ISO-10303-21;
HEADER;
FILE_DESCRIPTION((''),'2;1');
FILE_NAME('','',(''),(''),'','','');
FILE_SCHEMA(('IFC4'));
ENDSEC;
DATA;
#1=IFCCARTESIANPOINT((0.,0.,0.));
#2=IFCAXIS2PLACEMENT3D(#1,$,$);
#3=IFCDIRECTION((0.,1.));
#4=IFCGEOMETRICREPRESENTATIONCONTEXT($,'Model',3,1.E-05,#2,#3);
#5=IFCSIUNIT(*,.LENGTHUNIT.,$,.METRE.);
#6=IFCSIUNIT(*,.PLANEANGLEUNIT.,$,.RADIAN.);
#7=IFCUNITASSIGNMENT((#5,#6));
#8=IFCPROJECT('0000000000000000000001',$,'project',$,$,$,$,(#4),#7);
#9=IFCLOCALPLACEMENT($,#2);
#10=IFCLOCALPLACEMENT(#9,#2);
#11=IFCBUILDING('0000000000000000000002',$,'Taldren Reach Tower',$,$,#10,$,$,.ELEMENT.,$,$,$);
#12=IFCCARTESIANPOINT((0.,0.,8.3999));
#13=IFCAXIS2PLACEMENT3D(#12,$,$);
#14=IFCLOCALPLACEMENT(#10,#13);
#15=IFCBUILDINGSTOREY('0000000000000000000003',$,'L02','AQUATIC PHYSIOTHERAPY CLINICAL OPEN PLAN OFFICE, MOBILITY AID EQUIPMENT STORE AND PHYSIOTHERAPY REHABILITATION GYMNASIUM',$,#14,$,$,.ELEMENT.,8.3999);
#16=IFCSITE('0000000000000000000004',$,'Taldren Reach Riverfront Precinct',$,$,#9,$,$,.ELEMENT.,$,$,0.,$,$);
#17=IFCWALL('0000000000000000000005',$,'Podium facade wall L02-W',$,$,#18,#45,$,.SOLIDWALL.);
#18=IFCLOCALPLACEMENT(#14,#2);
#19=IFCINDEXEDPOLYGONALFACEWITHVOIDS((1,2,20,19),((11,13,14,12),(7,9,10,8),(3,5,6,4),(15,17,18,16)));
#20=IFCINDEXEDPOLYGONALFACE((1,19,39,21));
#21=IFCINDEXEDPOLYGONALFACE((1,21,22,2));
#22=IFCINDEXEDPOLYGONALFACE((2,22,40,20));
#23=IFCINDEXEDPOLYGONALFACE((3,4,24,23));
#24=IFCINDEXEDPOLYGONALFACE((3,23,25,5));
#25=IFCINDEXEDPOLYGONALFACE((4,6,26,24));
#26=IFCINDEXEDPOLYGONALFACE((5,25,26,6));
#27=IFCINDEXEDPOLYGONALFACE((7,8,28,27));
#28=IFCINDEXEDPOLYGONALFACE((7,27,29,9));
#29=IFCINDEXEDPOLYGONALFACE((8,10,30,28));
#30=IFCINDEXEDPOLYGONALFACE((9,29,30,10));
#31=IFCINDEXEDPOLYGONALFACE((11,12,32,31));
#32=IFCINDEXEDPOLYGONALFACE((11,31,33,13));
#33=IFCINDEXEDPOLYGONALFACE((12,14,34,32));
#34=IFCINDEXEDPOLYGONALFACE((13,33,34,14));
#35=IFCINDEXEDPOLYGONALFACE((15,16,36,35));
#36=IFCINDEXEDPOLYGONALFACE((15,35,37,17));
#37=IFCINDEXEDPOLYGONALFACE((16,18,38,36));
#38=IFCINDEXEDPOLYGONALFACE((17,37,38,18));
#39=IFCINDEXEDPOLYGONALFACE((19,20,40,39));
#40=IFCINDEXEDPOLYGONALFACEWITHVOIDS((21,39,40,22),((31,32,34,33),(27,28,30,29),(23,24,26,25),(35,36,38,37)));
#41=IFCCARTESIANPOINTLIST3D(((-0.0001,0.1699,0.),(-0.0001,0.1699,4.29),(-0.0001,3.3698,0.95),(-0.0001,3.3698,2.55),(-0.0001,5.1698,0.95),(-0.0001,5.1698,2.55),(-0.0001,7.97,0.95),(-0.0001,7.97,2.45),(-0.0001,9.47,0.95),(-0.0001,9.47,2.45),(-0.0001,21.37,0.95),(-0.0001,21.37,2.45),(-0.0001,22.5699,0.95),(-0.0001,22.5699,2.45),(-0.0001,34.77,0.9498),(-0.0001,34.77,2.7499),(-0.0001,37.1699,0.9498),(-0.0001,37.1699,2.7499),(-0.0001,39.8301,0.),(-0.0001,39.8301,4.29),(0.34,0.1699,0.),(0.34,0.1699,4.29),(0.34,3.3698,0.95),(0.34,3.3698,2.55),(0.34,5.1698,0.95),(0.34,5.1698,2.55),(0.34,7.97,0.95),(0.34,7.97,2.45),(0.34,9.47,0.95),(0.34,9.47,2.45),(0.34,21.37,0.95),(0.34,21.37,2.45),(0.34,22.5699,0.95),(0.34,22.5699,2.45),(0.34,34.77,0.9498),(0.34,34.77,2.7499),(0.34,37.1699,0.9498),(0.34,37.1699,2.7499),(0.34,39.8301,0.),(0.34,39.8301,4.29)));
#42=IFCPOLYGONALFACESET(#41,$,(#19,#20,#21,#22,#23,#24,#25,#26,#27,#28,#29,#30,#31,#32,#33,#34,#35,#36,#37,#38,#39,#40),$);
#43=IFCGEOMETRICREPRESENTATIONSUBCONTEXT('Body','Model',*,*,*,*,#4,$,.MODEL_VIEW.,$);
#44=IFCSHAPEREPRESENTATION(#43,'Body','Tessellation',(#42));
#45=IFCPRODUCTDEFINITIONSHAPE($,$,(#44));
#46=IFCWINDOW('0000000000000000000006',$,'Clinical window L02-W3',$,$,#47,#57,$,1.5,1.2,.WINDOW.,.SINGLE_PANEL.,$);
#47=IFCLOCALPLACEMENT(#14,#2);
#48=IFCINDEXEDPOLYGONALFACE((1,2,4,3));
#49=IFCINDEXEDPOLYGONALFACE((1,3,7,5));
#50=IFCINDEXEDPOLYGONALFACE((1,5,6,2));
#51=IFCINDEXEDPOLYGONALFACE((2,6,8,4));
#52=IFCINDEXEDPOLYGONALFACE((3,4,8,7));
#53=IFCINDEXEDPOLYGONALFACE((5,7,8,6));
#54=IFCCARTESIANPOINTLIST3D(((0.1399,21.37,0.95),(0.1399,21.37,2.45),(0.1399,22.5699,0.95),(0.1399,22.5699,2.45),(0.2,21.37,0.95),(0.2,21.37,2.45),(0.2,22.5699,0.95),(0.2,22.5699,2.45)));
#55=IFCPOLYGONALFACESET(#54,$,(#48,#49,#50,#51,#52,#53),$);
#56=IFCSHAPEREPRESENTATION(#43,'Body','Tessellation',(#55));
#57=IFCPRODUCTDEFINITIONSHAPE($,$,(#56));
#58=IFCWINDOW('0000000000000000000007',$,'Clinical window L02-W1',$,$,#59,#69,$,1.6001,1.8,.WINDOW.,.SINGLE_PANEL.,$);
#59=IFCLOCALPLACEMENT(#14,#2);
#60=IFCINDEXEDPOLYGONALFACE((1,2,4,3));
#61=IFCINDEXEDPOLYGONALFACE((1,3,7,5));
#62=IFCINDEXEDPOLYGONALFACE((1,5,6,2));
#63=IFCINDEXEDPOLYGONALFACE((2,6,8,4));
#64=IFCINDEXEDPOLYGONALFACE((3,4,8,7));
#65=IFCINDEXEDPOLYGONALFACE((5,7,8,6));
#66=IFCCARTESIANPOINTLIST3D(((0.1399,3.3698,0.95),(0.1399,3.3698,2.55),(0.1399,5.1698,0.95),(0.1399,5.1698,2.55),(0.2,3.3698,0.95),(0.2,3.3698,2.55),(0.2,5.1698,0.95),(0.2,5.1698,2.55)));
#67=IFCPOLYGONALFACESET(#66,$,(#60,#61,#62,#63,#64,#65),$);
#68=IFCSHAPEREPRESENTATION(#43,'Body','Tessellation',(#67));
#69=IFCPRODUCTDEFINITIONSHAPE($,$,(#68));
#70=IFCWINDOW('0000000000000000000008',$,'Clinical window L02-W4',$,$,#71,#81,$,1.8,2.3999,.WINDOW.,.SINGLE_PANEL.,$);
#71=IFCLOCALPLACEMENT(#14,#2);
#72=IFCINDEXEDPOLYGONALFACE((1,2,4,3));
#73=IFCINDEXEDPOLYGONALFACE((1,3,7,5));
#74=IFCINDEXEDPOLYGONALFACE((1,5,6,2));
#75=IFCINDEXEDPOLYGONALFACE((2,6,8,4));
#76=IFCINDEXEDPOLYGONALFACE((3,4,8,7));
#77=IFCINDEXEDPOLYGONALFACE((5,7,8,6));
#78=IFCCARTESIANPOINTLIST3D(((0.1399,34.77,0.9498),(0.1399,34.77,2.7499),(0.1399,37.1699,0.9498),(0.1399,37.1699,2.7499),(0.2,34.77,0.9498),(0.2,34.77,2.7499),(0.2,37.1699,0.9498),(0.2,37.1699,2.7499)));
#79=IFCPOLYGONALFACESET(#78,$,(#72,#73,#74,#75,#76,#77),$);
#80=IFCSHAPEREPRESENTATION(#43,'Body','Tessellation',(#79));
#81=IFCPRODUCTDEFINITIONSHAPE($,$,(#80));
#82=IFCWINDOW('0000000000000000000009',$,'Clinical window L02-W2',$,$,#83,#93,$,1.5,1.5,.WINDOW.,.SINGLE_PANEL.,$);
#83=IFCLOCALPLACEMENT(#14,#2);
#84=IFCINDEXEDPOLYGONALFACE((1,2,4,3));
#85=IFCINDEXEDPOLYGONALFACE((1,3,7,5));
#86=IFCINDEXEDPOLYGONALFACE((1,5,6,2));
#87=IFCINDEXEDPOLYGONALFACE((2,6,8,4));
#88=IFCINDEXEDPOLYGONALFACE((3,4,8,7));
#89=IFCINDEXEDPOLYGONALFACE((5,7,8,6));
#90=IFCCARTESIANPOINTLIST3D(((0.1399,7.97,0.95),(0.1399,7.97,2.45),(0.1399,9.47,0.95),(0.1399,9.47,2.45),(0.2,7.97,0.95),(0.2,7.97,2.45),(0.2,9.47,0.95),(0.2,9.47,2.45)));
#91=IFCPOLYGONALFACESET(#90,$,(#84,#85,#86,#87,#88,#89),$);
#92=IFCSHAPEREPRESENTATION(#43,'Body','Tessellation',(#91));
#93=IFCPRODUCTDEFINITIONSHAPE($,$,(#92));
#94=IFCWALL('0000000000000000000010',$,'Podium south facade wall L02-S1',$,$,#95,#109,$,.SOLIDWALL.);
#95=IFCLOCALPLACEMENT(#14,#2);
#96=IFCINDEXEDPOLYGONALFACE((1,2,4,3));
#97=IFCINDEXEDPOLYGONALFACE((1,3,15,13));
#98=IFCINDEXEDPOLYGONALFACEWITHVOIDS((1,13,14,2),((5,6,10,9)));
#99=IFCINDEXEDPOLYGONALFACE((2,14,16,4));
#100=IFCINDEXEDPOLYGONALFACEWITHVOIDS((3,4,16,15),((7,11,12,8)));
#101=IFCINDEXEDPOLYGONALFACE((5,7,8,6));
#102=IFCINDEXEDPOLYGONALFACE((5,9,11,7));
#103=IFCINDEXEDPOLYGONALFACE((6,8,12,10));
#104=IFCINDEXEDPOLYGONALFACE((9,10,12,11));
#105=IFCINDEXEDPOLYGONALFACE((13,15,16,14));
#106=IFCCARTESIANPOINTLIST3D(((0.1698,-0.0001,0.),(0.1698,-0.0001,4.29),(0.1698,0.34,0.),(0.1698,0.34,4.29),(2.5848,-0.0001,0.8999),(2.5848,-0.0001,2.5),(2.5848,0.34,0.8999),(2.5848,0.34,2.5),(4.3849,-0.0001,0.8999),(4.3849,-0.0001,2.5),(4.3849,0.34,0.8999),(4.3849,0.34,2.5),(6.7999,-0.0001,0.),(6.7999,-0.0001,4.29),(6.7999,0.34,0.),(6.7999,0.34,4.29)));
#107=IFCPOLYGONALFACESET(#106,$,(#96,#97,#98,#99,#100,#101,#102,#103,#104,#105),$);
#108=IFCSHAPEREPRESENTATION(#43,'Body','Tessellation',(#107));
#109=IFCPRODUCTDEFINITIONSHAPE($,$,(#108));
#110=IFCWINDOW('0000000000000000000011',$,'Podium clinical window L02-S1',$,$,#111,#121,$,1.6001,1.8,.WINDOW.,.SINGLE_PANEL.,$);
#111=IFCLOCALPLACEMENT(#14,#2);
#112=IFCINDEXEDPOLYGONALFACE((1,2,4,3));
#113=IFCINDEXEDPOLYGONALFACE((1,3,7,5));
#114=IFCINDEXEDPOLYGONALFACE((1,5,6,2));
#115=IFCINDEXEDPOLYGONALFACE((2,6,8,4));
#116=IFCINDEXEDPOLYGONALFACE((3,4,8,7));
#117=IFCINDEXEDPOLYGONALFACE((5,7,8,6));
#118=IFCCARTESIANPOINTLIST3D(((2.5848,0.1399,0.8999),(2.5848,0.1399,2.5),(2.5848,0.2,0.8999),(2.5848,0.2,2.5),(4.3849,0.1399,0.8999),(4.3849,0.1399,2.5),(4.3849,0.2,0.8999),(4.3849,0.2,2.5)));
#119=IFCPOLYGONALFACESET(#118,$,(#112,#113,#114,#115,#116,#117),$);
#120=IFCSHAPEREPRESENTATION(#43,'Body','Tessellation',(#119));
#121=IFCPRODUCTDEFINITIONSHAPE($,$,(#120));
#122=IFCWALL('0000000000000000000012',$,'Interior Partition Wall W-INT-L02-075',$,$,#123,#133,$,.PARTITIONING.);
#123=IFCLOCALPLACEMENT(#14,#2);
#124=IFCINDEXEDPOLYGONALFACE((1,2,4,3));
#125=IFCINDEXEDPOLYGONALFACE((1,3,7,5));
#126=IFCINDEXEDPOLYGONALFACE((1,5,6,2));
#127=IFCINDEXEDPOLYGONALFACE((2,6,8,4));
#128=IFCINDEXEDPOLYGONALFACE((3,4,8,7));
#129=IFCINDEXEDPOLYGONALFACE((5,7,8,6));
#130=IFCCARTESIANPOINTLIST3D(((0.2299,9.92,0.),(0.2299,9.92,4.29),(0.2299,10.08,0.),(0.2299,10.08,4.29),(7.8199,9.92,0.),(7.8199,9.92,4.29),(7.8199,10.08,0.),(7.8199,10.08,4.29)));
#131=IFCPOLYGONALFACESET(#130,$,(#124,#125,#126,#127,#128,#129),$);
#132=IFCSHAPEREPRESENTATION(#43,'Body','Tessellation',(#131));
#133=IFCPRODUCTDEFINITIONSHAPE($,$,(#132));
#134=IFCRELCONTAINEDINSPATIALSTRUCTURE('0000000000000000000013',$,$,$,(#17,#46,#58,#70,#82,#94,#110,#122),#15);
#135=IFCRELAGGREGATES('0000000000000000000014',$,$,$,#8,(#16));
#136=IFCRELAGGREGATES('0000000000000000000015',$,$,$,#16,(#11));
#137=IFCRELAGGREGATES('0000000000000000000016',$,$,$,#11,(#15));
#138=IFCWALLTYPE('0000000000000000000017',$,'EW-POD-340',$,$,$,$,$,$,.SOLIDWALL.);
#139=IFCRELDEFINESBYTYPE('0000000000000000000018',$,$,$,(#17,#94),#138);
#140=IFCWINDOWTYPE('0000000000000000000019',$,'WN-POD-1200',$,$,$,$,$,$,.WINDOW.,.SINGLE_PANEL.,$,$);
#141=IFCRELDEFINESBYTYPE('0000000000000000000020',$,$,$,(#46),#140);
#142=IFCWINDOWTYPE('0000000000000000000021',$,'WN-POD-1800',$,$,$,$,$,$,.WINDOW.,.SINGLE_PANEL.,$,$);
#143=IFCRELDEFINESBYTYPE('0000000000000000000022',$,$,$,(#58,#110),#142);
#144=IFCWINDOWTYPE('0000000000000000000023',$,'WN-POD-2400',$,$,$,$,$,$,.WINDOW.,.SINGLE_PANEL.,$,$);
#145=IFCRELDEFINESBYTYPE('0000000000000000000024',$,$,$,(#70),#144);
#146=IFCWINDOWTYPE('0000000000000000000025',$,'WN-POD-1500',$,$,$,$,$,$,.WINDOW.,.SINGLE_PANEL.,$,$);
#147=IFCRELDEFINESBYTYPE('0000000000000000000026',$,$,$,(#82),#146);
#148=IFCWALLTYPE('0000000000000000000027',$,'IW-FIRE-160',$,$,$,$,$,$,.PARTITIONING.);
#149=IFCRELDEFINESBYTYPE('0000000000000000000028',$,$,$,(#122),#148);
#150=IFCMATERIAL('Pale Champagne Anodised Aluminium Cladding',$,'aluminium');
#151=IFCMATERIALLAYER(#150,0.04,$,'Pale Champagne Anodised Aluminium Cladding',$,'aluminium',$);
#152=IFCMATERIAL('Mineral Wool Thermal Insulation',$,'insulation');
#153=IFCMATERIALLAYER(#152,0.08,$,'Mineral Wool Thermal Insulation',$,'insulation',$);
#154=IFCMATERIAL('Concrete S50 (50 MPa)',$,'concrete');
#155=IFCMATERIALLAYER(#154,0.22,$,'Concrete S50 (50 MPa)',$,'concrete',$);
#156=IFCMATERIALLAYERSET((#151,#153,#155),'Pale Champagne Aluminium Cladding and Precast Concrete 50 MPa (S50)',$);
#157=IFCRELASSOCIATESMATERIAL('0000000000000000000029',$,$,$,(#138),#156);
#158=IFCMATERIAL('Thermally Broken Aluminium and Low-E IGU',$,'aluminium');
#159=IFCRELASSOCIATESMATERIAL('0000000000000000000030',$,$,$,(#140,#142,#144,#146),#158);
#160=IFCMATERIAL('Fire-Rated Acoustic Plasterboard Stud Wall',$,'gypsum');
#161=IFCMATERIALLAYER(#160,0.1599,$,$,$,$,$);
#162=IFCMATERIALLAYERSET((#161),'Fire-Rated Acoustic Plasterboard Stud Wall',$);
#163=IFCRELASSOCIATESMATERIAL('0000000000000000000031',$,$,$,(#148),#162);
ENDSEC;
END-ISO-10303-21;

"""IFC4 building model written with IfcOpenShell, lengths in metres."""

from ifc_helpers import new_model, si_unit, direction, frame, frame_2d, origin, place, context, subcontext, project, spatial, rectangle, extrude, source, transform, mapped, material, layer, layer_set, type_object, element, fill, save


model = new_model("IFC4")

# Units and contexts
model_context = context("Model", 3, precision=1e-05, world=origin(), true_north=direction((0.0, 1.0)))
body_context = subcontext(model_context, "Body", "Model", "MODEL_VIEW")
ifc_project = project(units=[si_unit("LENGTHUNIT", "METRE"), si_unit("PLANEANGLEUNIT", "RADIAN")], contexts=[model_context])

# Site, building, storey
site_placement = place(None, origin())
site = spatial("IfcSite", under=ifc_project, at=site_placement, Name="Taldren Reach Riverfront Precinct", CompositionType="ELEMENT", RefElevation=0.0)
building_placement = place(site_placement, origin())
building = spatial("IfcBuilding", under=site, at=building_placement, Name="Taldren Reach Tower", CompositionType="ELEMENT")
storey_placement = place(building_placement, frame((0.0, 0.0, 8.3999)))
storey = spatial("IfcBuildingStorey", under=building, at=storey_placement, Name="L02", Description="AQUATIC PHYSIOTHERAPY CLINICAL OPEN PLAN OFFICE, MOBILITY AID EQUIPMENT STORE AND PHYSIOTHERAPY REHABILITATION GYMNASIUM", CompositionType="ELEMENT", Elevation=8.3999)

# Shared definitions
ifc_material_1 = material(Name="Concrete S50 (50 MPa)", Category="concrete")

# Wall, openings, windows
ifc_material_2 = material(Name="Pale Champagne Anodised Aluminium Cladding", Category="aluminium")
ifc_layer_1 = layer(ifc_material_2, 0.04, Name="Pale Champagne Anodised Aluminium Cladding", Category="aluminium")
ifc_material_3 = material(Name="Mineral Wool Thermal Insulation", Category="insulation")
ifc_layer_2 = layer(ifc_material_3, 0.08, Name="Mineral Wool Thermal Insulation", Category="insulation")
ifc_layer_3 = layer(ifc_material_1, 0.22, Name="Concrete S50 (50 MPa)", Category="concrete")
ifc_layer_set_1 = layer_set([ifc_layer_1, ifc_layer_2, ifc_layer_3], Name="Pale Champagne Aluminium Cladding and Precast Concrete 50 MPa (S50)")
wall_type_1 = type_object("IfcWallType", Name="EW-POD-340", PredefinedType="SOLIDWALL", material=ifc_layer_set_1)
shared_shape_1 = source(origin(), body_context, "Body", "SweptSolid", [
    extrude(rectangle(XDim=39.6602, YDim=0.3401, at=frame_2d((19.8301, 0.0))), origin(), (0.0, 0.0, 1.0), 4.29),
])
wall_1_placement = place(storey_placement, frame((0.1699, 0.1699, 0.0), z_axis=(0.0, 0.0, 1.0), x_axis=(0.0, 1.0, 0.0)))
wall_1 = element("IfcWall", 1, at=wall_1_placement, inside=storey, type_object=wall_type_1, Name="Podium facade wall L02-W", PredefinedType="SOLIDWALL", context=body_context, shape_type="MappedRepresentation", body=[
    mapped(shared_shape_1, transform((0.0, 0.0, 0.0), scale=1.0)),
])
shared_shape_2 = source(origin(), body_context, "Body", "SweptSolid", [
    extrude(rectangle(XDim=1.8, YDim=1.6001, at=frame_2d((0.8999, 0.8))), frame((0.0, 0.1802, 0.0), z_axis=(0.0, -1.0, 0.0), x_axis=(1.0, 0.0, 0.0)), (0.0, 0.0, 1.0), 0.3601),
])
opening_1_placement = place(wall_1_placement, frame((3.2, 0.0, 0.95)))
opening_1 = element("IfcOpeningElement", 2, at=opening_1_placement, cuts=wall_1, PredefinedType="OPENING", context=body_context, shape_type="MappedRepresentation", body=[
    mapped(shared_shape_2, transform((0.0, 0.0, 0.0), scale=1.0)),
])
shared_shape_3 = source(origin(), body_context, "Body", "SweptSolid", [
    extrude(rectangle(XDim=1.5, YDim=1.5, at=frame_2d((0.75, 0.75))), frame((0.0, 0.1802, 0.0), z_axis=(0.0, -1.0, 0.0), x_axis=(1.0, 0.0, 0.0)), (0.0, 0.0, 1.0), 0.3601),
])
opening_2_placement = place(wall_1_placement, frame((7.8, 0.0, 0.95)))
opening_2 = element("IfcOpeningElement", 3, at=opening_2_placement, cuts=wall_1, PredefinedType="OPENING", context=body_context, shape_type="MappedRepresentation", body=[
    mapped(shared_shape_3, transform((0.0, 0.0, 0.0), scale=1.0)),
])
shared_shape_4 = source(origin(), body_context, "Body", "SweptSolid", [
    extrude(rectangle(XDim=1.2, YDim=1.5, at=frame_2d((0.6001, 0.75))), frame((0.0, 0.1802, 0.0), z_axis=(0.0, -1.0, 0.0), x_axis=(1.0, 0.0, 0.0)), (0.0, 0.0, 1.0), 0.3601),
])
opening_3_placement = place(wall_1_placement, frame((21.2, 0.0, 0.95)))
opening_3 = element("IfcOpeningElement", 4, at=opening_3_placement, cuts=wall_1, PredefinedType="OPENING", context=body_context, shape_type="MappedRepresentation", body=[
    mapped(shared_shape_4, transform((0.0, 0.0, 0.0), scale=1.0)),
])
shared_shape_5 = source(origin(), body_context, "Body", "SweptSolid", [
    extrude(rectangle(XDim=2.3999, YDim=1.8, at=frame_2d((1.2, 0.8999))), frame((0.0, 0.1802, 0.0), z_axis=(0.0, -1.0, 0.0), x_axis=(1.0, 0.0, 0.0)), (0.0, 0.0, 1.0), 0.3601),
])
opening_4_placement = place(wall_1_placement, frame((34.6001, 0.0, 0.95)))
opening_4 = element("IfcOpeningElement", 5, at=opening_4_placement, cuts=wall_1, PredefinedType="OPENING", context=body_context, shape_type="MappedRepresentation", body=[
    mapped(shared_shape_5, transform((0.0, 0.0, 0.0), scale=1.0)),
])
ifc_material_4 = material(Name="Thermally Broken Aluminium and Low-E IGU", Category="aluminium")
window_type_1 = type_object("IfcWindowType", Name="WN-POD-1200", PartitioningType="SINGLE_PANEL", PredefinedType="WINDOW", material=ifc_material_4)
shared_shape_6 = source(origin(), body_context, "Body", "SweptSolid", [
    extrude(rectangle(XDim=1.2, YDim=1.5, at=frame_2d((0.6001, 0.75))), frame((0.0, 0.03, 0.0), z_axis=(0.0, -1.0, 0.0), x_axis=(1.0, 0.0, 0.0)), (0.0, 0.0, 1.0), 0.0601),
])
window_1_placement = place(opening_3_placement, origin())
window_1 = element("IfcWindow", 6, at=window_1_placement, inside=storey, type_object=window_type_1, Name="Clinical window L02-W3", OverallHeight=1.5, OverallWidth=1.2, PartitioningType="SINGLE_PANEL", PredefinedType="WINDOW", context=body_context, shape_type="MappedRepresentation", body=[
    mapped(shared_shape_6, transform((0.0, 0.0, 0.0), scale=1.0)),
])
fill(opening_3, window_1)
window_type_2 = type_object("IfcWindowType", Name="WN-POD-1800", PartitioningType="SINGLE_PANEL", PredefinedType="WINDOW", material=ifc_material_4)
shared_shape_7 = source(origin(), body_context, "Body", "SweptSolid", [
    extrude(rectangle(XDim=1.8, YDim=1.6001, at=frame_2d((0.8999, 0.8))), frame((0.0, 0.03, 0.0), z_axis=(0.0, -1.0, 0.0), x_axis=(1.0, 0.0, 0.0)), (0.0, 0.0, 1.0), 0.0601),
])
window_2_placement = place(opening_1_placement, origin())
window_2 = element("IfcWindow", 7, at=window_2_placement, inside=storey, type_object=window_type_2, Name="Clinical window L02-W1", OverallHeight=1.6001, OverallWidth=1.8, PartitioningType="SINGLE_PANEL", PredefinedType="WINDOW", context=body_context, shape_type="MappedRepresentation", body=[
    mapped(shared_shape_7, transform((0.0, 0.0, 0.0), scale=1.0)),
])
fill(opening_1, window_2)
window_type_3 = type_object("IfcWindowType", Name="WN-POD-2400", PartitioningType="SINGLE_PANEL", PredefinedType="WINDOW", material=ifc_material_4)
shared_shape_8 = source(origin(), body_context, "Body", "SweptSolid", [
    extrude(rectangle(XDim=2.3999, YDim=1.8, at=frame_2d((1.2, 0.8999))), frame((0.0, 0.03, 0.0), z_axis=(0.0, -1.0, 0.0), x_axis=(1.0, 0.0, 0.0)), (0.0, 0.0, 1.0), 0.0601),
])
window_3_placement = place(opening_4_placement, origin())
window_3 = element("IfcWindow", 8, at=window_3_placement, inside=storey, type_object=window_type_3, Name="Clinical window L02-W4", OverallHeight=1.8, OverallWidth=2.3999, PartitioningType="SINGLE_PANEL", PredefinedType="WINDOW", context=body_context, shape_type="MappedRepresentation", body=[
    mapped(shared_shape_8, transform((0.0, 0.0, 0.0), scale=1.0)),
])
fill(opening_4, window_3)
window_type_4 = type_object("IfcWindowType", Name="WN-POD-1500", PartitioningType="SINGLE_PANEL", PredefinedType="WINDOW", material=ifc_material_4)
shared_shape_9 = source(origin(), body_context, "Body", "SweptSolid", [
    extrude(rectangle(XDim=1.5, YDim=1.5, at=frame_2d((0.75, 0.75))), frame((0.0, 0.03, 0.0), z_axis=(0.0, -1.0, 0.0), x_axis=(1.0, 0.0, 0.0)), (0.0, 0.0, 1.0), 0.0601),
])
window_4_placement = place(opening_2_placement, origin())
window_4 = element("IfcWindow", 9, at=window_4_placement, inside=storey, type_object=window_type_4, Name="Clinical window L02-W2", OverallHeight=1.5, OverallWidth=1.5, PartitioningType="SINGLE_PANEL", PredefinedType="WINDOW", context=body_context, shape_type="MappedRepresentation", body=[
    mapped(shared_shape_9, transform((0.0, 0.0, 0.0), scale=1.0)),
])
fill(opening_2, window_4)

# Wall, opening, window
shared_shape_10 = source(origin(), body_context, "Body", "SweptSolid", [
    extrude(rectangle(XDim=6.6301, YDim=0.3401, at=frame_2d((3.3149, 0.0))), origin(), (0.0, 0.0, 1.0), 4.29),
])
wall_2_placement = place(storey_placement, frame((0.1699, 0.1699, 0.0), z_axis=(0.0, 0.0, 1.0), x_axis=(1.0, 0.0, 0.0)))
wall_2 = element("IfcWall", 10, at=wall_2_placement, inside=storey, type_object=wall_type_1, Name="Podium south facade wall L02-S1", PredefinedType="SOLIDWALL", context=body_context, shape_type="MappedRepresentation", body=[
    mapped(shared_shape_10, transform((0.0, 0.0, 0.0), scale=1.0)),
])
opening_5_placement = place(wall_2_placement, frame((2.415, 0.0, 0.8999)))
opening_5 = element("IfcOpeningElement", 11, at=opening_5_placement, cuts=wall_2, PredefinedType="OPENING", context=body_context, shape_type="MappedRepresentation", body=[
    mapped(shared_shape_2, transform((0.0, 0.0, 0.0), scale=1.0)),
])
window_5_placement = place(opening_5_placement, origin())
window_5 = element("IfcWindow", 12, at=window_5_placement, inside=storey, type_object=window_type_2, Name="Podium clinical window L02-S1", OverallHeight=1.6001, OverallWidth=1.8, PartitioningType="SINGLE_PANEL", PredefinedType="WINDOW", context=body_context, shape_type="MappedRepresentation", body=[
    mapped(shared_shape_7, transform((0.0, 0.0, 0.0), scale=1.0)),
])
fill(opening_5, window_5)

# Wall
ifc_material_5 = material(Name="Fire-Rated Acoustic Plasterboard Stud Wall", Category="gypsum")
ifc_layer_4 = layer(ifc_material_5, 0.1599)
ifc_layer_set_2 = layer_set([ifc_layer_4], Name="Fire-Rated Acoustic Plasterboard Stud Wall")
wall_type_2 = type_object("IfcWallType", Name="IW-FIRE-160", PredefinedType="PARTITIONING", material=ifc_layer_set_2)
shared_shape_11 = source(origin(), body_context, "Body", "SweptSolid", [
    extrude(rectangle(XDim=7.5901, YDim=0.1599, at=frame_2d((3.7949, 0.0))), origin(), (0.0, 0.0, 1.0), 4.29),
])
wall_3_placement = place(storey_placement, frame((0.23, 10.0, 0.0), z_axis=(0.0, 0.0, 1.0), x_axis=(1.0, 0.0, 0.0)))
element("IfcWall", 13, at=wall_3_placement, inside=storey, type_object=wall_type_2, Name="Interior Partition Wall W-INT-L02-075", PredefinedType="PARTITIONING", context=body_context, shape_type="MappedRepresentation", body=[
    mapped(shared_shape_11, transform((0.0, 0.0, 0.0), scale=1.0)),
])

save(model, "model.ifc")
